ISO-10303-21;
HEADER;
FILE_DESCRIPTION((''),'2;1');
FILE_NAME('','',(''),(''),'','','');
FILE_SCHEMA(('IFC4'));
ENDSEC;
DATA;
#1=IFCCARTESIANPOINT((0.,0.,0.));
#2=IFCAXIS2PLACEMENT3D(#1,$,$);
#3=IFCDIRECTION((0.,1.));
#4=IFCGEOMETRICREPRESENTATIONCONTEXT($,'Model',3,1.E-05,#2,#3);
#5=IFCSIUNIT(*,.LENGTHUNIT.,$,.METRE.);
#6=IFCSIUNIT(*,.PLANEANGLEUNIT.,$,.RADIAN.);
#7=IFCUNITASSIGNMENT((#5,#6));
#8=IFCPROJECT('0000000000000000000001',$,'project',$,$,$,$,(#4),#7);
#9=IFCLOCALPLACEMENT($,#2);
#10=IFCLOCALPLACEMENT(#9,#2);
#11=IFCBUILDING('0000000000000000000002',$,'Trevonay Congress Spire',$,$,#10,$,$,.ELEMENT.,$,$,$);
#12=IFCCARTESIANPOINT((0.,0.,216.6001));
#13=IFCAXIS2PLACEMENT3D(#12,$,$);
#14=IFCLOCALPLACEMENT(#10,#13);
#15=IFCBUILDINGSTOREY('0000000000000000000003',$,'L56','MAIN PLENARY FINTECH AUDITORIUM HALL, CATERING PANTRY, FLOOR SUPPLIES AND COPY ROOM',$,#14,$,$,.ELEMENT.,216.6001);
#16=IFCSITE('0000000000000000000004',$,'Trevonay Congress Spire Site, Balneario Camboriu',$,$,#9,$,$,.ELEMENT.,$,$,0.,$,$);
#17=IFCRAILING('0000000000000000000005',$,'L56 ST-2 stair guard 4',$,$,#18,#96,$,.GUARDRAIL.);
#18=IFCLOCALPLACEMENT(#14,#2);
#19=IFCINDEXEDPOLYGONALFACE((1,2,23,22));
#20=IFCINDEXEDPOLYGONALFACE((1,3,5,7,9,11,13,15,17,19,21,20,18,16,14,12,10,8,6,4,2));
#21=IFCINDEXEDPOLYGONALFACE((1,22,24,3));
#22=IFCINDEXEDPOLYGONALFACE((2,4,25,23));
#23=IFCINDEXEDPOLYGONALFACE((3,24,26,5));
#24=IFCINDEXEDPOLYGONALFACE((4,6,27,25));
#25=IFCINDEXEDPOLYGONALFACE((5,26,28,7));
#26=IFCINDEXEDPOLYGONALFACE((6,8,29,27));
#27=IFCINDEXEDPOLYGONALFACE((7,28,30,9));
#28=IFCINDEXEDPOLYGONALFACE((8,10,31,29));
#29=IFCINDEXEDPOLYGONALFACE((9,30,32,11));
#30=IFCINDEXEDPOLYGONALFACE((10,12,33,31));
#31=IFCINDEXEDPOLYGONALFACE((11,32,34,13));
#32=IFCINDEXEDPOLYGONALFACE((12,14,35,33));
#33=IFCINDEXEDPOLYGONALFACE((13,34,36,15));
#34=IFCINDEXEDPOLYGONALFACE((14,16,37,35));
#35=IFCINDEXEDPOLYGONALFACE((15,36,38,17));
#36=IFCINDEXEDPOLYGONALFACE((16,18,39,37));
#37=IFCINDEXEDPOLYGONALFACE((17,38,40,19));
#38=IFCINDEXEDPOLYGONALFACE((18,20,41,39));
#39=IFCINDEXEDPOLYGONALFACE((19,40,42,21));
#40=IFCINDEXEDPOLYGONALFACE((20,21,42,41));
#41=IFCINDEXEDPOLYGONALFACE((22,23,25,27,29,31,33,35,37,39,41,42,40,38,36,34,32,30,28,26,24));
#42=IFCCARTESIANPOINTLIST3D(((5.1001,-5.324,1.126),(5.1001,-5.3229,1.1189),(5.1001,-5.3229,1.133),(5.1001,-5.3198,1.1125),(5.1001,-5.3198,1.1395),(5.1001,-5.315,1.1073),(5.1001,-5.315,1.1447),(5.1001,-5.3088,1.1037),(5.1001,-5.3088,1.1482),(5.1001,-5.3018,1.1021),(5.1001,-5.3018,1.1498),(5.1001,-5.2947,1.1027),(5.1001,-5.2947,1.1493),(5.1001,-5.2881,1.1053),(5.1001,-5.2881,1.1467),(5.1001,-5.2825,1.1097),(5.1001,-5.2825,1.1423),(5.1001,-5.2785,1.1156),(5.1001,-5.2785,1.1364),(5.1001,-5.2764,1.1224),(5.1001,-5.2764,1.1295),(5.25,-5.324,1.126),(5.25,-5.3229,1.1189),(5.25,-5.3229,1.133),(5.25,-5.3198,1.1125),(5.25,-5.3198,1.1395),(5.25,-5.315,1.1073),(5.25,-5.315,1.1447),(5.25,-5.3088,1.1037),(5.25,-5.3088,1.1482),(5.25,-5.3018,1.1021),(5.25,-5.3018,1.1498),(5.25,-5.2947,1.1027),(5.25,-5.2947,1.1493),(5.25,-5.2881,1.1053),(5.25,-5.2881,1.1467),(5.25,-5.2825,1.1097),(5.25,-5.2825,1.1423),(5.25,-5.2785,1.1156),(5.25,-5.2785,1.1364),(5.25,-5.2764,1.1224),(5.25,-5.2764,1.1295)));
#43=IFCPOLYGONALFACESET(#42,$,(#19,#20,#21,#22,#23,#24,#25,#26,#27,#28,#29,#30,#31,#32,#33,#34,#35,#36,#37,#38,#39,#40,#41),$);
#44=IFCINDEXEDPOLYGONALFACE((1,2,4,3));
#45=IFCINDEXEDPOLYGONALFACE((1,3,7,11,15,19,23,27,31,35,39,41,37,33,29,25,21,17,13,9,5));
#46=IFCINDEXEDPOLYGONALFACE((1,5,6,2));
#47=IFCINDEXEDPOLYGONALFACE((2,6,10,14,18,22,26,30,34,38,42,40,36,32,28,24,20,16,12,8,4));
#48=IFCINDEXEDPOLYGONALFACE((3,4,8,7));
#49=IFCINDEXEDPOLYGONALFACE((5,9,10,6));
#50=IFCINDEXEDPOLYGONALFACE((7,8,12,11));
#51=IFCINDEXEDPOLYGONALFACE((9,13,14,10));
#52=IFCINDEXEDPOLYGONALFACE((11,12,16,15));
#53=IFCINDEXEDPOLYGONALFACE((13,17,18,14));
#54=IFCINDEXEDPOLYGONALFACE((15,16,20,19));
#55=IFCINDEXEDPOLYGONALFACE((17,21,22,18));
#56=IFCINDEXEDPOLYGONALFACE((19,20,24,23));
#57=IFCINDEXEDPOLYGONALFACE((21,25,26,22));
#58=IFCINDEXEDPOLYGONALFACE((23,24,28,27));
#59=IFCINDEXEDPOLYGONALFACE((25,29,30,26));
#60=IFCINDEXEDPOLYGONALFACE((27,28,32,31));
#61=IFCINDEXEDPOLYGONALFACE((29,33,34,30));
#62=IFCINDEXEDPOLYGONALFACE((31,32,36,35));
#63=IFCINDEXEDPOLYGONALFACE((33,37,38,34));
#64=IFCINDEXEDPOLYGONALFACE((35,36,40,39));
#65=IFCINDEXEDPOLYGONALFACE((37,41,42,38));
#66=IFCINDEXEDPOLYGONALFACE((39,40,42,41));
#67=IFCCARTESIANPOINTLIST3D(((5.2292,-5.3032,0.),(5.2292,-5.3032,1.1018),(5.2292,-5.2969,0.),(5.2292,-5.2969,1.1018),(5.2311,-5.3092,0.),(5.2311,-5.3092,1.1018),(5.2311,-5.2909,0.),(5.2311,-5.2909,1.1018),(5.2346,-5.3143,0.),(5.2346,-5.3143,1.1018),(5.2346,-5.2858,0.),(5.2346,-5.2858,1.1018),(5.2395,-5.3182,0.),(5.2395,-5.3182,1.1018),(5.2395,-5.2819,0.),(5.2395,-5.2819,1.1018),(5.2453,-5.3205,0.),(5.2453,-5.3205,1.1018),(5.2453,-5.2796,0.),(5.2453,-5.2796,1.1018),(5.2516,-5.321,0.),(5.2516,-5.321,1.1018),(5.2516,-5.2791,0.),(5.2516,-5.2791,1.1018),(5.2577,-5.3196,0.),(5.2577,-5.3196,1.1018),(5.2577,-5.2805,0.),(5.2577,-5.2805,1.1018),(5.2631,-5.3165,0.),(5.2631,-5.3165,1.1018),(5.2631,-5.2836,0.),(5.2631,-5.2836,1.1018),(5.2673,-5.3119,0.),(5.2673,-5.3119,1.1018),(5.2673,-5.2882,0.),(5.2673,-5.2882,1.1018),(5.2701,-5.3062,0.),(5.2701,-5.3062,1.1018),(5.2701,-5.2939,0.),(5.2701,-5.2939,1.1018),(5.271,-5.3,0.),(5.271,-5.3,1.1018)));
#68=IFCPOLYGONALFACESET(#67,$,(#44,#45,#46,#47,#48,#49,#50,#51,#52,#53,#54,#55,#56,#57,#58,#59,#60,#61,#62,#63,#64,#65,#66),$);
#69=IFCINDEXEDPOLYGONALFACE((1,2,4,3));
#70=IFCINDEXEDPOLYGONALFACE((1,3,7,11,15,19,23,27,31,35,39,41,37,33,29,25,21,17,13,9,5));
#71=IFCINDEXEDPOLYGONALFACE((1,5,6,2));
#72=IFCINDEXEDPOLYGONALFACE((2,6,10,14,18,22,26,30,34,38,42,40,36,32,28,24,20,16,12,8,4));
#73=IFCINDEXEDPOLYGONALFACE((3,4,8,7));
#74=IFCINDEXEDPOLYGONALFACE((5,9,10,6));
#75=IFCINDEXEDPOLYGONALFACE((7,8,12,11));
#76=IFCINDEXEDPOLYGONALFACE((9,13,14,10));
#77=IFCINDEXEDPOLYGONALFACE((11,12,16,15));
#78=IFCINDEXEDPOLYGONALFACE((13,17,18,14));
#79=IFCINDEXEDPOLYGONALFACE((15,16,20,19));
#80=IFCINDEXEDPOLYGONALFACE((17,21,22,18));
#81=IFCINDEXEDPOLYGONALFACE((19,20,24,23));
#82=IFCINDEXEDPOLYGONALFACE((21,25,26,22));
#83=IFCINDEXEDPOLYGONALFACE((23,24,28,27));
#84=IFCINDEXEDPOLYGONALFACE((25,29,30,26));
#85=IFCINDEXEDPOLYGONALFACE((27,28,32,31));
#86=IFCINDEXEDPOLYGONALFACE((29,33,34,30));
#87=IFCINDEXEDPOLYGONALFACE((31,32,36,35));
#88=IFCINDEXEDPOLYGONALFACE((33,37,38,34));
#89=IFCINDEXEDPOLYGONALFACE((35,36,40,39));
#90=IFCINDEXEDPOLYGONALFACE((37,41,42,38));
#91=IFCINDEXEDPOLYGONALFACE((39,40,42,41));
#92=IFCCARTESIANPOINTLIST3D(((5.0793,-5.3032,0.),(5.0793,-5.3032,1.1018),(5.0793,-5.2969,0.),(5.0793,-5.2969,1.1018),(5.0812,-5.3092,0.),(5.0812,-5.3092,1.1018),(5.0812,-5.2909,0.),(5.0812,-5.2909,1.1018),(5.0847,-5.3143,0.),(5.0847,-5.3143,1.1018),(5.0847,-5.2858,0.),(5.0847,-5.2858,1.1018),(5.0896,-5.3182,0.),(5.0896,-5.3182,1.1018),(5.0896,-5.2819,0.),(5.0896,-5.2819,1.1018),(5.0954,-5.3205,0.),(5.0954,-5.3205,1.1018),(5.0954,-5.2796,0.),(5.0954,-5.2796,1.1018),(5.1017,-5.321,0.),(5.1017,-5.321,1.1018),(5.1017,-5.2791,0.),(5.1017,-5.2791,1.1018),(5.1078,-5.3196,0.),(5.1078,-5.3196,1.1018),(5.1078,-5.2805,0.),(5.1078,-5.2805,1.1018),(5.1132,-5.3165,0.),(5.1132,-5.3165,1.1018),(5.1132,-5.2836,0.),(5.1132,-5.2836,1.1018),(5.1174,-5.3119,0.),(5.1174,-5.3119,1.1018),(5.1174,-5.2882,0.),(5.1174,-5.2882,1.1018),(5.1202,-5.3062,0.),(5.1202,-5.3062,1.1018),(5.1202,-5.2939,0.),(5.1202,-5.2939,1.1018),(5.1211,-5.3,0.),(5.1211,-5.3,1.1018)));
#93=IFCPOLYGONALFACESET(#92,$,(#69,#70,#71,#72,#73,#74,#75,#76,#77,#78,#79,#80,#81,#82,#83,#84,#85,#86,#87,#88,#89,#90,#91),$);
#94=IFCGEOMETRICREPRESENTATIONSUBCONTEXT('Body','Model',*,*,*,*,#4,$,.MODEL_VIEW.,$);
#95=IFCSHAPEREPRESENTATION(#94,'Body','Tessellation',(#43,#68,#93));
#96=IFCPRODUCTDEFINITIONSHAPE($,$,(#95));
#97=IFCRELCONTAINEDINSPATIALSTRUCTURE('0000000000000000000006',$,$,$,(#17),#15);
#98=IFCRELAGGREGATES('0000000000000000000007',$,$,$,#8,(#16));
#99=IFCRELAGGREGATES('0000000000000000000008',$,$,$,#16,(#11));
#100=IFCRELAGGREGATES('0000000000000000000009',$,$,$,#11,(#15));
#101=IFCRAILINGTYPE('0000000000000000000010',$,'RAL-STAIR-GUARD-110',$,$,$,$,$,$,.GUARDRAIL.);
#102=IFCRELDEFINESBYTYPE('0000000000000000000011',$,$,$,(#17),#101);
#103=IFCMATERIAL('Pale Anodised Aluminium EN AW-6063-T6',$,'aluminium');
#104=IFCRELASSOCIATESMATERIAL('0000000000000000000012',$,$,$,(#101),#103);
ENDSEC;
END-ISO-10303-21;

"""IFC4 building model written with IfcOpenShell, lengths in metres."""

from ifc_helpers import new_model, si_unit, direction, frame, origin, origin_2d, place, context, subcontext, project, spatial, circle, extrude, material, type_object, element, save


model = new_model("IFC4")

# Units and contexts
model_context = context("Model", 3, precision=1e-05, world=origin(), true_north=direction((0.0, 1.0)))
body_context = subcontext(model_context, "Body", "Model", "MODEL_VIEW")
ifc_project = project(units=[si_unit("LENGTHUNIT", "METRE"), si_unit("PLANEANGLEUNIT", "RADIAN")], contexts=[model_context])

# Site, building, storey
site_placement = place(None, origin())
site = spatial("IfcSite", under=ifc_project, at=site_placement, Name="Trevonay Congress Spire Site, Balneario Camboriu", CompositionType="ELEMENT", RefElevation=0.0)
building_placement = place(site_placement, origin())
building = spatial("IfcBuilding", under=site, at=building_placement, Name="Trevonay Congress Spire", CompositionType="ELEMENT")
storey_placement = place(building_placement, frame((0.0, 0.0, 216.6001)))
storey = spatial("IfcBuildingStorey", under=building, at=storey_placement, Name="L56", Description="MAIN PLENARY FINTECH AUDITORIUM HALL, CATERING PANTRY, FLOOR SUPPLIES AND COPY ROOM", CompositionType="ELEMENT", Elevation=216.6001)

# Railing
ifc_material_1 = material(Name="Pale Anodised Aluminium EN AW-6063-T6", Category="aluminium")
railing_type_1 = type_object("IfcRailingType", Name="RAL-STAIR-GUARD-110", PredefinedType="GUARDRAIL", material=ifc_material_1)
railing_1_placement = place(storey_placement, frame((5.25, -5.3, 0.0)))
element("IfcRailing", 1, at=railing_1_placement, inside=storey, type_object=railing_type_1, Name="L56 ST-2 stair guard 4", PredefinedType="GUARDRAIL", context=body_context, shape_type="SweptSolid", body=[
    extrude(circle(Radius=0.0239, at=origin_2d()), frame((0.0, 0.0, 1.126), z_axis=(-1.0, 0.0, 0.0), x_axis=(0.0, -1.0, 0.0)), (0.0, 0.0, 1.0), 0.1499),
    extrude(circle(Radius=0.021, at=origin_2d()), origin(), (0.0, 0.0, 1.0), 1.1018),
    extrude(circle(Radius=0.021, at=origin_2d()), frame((-0.1499, 0.0, 0.0)), (0.0, 0.0, 1.0), 1.1018),
])

save(model, "model.ifc")
